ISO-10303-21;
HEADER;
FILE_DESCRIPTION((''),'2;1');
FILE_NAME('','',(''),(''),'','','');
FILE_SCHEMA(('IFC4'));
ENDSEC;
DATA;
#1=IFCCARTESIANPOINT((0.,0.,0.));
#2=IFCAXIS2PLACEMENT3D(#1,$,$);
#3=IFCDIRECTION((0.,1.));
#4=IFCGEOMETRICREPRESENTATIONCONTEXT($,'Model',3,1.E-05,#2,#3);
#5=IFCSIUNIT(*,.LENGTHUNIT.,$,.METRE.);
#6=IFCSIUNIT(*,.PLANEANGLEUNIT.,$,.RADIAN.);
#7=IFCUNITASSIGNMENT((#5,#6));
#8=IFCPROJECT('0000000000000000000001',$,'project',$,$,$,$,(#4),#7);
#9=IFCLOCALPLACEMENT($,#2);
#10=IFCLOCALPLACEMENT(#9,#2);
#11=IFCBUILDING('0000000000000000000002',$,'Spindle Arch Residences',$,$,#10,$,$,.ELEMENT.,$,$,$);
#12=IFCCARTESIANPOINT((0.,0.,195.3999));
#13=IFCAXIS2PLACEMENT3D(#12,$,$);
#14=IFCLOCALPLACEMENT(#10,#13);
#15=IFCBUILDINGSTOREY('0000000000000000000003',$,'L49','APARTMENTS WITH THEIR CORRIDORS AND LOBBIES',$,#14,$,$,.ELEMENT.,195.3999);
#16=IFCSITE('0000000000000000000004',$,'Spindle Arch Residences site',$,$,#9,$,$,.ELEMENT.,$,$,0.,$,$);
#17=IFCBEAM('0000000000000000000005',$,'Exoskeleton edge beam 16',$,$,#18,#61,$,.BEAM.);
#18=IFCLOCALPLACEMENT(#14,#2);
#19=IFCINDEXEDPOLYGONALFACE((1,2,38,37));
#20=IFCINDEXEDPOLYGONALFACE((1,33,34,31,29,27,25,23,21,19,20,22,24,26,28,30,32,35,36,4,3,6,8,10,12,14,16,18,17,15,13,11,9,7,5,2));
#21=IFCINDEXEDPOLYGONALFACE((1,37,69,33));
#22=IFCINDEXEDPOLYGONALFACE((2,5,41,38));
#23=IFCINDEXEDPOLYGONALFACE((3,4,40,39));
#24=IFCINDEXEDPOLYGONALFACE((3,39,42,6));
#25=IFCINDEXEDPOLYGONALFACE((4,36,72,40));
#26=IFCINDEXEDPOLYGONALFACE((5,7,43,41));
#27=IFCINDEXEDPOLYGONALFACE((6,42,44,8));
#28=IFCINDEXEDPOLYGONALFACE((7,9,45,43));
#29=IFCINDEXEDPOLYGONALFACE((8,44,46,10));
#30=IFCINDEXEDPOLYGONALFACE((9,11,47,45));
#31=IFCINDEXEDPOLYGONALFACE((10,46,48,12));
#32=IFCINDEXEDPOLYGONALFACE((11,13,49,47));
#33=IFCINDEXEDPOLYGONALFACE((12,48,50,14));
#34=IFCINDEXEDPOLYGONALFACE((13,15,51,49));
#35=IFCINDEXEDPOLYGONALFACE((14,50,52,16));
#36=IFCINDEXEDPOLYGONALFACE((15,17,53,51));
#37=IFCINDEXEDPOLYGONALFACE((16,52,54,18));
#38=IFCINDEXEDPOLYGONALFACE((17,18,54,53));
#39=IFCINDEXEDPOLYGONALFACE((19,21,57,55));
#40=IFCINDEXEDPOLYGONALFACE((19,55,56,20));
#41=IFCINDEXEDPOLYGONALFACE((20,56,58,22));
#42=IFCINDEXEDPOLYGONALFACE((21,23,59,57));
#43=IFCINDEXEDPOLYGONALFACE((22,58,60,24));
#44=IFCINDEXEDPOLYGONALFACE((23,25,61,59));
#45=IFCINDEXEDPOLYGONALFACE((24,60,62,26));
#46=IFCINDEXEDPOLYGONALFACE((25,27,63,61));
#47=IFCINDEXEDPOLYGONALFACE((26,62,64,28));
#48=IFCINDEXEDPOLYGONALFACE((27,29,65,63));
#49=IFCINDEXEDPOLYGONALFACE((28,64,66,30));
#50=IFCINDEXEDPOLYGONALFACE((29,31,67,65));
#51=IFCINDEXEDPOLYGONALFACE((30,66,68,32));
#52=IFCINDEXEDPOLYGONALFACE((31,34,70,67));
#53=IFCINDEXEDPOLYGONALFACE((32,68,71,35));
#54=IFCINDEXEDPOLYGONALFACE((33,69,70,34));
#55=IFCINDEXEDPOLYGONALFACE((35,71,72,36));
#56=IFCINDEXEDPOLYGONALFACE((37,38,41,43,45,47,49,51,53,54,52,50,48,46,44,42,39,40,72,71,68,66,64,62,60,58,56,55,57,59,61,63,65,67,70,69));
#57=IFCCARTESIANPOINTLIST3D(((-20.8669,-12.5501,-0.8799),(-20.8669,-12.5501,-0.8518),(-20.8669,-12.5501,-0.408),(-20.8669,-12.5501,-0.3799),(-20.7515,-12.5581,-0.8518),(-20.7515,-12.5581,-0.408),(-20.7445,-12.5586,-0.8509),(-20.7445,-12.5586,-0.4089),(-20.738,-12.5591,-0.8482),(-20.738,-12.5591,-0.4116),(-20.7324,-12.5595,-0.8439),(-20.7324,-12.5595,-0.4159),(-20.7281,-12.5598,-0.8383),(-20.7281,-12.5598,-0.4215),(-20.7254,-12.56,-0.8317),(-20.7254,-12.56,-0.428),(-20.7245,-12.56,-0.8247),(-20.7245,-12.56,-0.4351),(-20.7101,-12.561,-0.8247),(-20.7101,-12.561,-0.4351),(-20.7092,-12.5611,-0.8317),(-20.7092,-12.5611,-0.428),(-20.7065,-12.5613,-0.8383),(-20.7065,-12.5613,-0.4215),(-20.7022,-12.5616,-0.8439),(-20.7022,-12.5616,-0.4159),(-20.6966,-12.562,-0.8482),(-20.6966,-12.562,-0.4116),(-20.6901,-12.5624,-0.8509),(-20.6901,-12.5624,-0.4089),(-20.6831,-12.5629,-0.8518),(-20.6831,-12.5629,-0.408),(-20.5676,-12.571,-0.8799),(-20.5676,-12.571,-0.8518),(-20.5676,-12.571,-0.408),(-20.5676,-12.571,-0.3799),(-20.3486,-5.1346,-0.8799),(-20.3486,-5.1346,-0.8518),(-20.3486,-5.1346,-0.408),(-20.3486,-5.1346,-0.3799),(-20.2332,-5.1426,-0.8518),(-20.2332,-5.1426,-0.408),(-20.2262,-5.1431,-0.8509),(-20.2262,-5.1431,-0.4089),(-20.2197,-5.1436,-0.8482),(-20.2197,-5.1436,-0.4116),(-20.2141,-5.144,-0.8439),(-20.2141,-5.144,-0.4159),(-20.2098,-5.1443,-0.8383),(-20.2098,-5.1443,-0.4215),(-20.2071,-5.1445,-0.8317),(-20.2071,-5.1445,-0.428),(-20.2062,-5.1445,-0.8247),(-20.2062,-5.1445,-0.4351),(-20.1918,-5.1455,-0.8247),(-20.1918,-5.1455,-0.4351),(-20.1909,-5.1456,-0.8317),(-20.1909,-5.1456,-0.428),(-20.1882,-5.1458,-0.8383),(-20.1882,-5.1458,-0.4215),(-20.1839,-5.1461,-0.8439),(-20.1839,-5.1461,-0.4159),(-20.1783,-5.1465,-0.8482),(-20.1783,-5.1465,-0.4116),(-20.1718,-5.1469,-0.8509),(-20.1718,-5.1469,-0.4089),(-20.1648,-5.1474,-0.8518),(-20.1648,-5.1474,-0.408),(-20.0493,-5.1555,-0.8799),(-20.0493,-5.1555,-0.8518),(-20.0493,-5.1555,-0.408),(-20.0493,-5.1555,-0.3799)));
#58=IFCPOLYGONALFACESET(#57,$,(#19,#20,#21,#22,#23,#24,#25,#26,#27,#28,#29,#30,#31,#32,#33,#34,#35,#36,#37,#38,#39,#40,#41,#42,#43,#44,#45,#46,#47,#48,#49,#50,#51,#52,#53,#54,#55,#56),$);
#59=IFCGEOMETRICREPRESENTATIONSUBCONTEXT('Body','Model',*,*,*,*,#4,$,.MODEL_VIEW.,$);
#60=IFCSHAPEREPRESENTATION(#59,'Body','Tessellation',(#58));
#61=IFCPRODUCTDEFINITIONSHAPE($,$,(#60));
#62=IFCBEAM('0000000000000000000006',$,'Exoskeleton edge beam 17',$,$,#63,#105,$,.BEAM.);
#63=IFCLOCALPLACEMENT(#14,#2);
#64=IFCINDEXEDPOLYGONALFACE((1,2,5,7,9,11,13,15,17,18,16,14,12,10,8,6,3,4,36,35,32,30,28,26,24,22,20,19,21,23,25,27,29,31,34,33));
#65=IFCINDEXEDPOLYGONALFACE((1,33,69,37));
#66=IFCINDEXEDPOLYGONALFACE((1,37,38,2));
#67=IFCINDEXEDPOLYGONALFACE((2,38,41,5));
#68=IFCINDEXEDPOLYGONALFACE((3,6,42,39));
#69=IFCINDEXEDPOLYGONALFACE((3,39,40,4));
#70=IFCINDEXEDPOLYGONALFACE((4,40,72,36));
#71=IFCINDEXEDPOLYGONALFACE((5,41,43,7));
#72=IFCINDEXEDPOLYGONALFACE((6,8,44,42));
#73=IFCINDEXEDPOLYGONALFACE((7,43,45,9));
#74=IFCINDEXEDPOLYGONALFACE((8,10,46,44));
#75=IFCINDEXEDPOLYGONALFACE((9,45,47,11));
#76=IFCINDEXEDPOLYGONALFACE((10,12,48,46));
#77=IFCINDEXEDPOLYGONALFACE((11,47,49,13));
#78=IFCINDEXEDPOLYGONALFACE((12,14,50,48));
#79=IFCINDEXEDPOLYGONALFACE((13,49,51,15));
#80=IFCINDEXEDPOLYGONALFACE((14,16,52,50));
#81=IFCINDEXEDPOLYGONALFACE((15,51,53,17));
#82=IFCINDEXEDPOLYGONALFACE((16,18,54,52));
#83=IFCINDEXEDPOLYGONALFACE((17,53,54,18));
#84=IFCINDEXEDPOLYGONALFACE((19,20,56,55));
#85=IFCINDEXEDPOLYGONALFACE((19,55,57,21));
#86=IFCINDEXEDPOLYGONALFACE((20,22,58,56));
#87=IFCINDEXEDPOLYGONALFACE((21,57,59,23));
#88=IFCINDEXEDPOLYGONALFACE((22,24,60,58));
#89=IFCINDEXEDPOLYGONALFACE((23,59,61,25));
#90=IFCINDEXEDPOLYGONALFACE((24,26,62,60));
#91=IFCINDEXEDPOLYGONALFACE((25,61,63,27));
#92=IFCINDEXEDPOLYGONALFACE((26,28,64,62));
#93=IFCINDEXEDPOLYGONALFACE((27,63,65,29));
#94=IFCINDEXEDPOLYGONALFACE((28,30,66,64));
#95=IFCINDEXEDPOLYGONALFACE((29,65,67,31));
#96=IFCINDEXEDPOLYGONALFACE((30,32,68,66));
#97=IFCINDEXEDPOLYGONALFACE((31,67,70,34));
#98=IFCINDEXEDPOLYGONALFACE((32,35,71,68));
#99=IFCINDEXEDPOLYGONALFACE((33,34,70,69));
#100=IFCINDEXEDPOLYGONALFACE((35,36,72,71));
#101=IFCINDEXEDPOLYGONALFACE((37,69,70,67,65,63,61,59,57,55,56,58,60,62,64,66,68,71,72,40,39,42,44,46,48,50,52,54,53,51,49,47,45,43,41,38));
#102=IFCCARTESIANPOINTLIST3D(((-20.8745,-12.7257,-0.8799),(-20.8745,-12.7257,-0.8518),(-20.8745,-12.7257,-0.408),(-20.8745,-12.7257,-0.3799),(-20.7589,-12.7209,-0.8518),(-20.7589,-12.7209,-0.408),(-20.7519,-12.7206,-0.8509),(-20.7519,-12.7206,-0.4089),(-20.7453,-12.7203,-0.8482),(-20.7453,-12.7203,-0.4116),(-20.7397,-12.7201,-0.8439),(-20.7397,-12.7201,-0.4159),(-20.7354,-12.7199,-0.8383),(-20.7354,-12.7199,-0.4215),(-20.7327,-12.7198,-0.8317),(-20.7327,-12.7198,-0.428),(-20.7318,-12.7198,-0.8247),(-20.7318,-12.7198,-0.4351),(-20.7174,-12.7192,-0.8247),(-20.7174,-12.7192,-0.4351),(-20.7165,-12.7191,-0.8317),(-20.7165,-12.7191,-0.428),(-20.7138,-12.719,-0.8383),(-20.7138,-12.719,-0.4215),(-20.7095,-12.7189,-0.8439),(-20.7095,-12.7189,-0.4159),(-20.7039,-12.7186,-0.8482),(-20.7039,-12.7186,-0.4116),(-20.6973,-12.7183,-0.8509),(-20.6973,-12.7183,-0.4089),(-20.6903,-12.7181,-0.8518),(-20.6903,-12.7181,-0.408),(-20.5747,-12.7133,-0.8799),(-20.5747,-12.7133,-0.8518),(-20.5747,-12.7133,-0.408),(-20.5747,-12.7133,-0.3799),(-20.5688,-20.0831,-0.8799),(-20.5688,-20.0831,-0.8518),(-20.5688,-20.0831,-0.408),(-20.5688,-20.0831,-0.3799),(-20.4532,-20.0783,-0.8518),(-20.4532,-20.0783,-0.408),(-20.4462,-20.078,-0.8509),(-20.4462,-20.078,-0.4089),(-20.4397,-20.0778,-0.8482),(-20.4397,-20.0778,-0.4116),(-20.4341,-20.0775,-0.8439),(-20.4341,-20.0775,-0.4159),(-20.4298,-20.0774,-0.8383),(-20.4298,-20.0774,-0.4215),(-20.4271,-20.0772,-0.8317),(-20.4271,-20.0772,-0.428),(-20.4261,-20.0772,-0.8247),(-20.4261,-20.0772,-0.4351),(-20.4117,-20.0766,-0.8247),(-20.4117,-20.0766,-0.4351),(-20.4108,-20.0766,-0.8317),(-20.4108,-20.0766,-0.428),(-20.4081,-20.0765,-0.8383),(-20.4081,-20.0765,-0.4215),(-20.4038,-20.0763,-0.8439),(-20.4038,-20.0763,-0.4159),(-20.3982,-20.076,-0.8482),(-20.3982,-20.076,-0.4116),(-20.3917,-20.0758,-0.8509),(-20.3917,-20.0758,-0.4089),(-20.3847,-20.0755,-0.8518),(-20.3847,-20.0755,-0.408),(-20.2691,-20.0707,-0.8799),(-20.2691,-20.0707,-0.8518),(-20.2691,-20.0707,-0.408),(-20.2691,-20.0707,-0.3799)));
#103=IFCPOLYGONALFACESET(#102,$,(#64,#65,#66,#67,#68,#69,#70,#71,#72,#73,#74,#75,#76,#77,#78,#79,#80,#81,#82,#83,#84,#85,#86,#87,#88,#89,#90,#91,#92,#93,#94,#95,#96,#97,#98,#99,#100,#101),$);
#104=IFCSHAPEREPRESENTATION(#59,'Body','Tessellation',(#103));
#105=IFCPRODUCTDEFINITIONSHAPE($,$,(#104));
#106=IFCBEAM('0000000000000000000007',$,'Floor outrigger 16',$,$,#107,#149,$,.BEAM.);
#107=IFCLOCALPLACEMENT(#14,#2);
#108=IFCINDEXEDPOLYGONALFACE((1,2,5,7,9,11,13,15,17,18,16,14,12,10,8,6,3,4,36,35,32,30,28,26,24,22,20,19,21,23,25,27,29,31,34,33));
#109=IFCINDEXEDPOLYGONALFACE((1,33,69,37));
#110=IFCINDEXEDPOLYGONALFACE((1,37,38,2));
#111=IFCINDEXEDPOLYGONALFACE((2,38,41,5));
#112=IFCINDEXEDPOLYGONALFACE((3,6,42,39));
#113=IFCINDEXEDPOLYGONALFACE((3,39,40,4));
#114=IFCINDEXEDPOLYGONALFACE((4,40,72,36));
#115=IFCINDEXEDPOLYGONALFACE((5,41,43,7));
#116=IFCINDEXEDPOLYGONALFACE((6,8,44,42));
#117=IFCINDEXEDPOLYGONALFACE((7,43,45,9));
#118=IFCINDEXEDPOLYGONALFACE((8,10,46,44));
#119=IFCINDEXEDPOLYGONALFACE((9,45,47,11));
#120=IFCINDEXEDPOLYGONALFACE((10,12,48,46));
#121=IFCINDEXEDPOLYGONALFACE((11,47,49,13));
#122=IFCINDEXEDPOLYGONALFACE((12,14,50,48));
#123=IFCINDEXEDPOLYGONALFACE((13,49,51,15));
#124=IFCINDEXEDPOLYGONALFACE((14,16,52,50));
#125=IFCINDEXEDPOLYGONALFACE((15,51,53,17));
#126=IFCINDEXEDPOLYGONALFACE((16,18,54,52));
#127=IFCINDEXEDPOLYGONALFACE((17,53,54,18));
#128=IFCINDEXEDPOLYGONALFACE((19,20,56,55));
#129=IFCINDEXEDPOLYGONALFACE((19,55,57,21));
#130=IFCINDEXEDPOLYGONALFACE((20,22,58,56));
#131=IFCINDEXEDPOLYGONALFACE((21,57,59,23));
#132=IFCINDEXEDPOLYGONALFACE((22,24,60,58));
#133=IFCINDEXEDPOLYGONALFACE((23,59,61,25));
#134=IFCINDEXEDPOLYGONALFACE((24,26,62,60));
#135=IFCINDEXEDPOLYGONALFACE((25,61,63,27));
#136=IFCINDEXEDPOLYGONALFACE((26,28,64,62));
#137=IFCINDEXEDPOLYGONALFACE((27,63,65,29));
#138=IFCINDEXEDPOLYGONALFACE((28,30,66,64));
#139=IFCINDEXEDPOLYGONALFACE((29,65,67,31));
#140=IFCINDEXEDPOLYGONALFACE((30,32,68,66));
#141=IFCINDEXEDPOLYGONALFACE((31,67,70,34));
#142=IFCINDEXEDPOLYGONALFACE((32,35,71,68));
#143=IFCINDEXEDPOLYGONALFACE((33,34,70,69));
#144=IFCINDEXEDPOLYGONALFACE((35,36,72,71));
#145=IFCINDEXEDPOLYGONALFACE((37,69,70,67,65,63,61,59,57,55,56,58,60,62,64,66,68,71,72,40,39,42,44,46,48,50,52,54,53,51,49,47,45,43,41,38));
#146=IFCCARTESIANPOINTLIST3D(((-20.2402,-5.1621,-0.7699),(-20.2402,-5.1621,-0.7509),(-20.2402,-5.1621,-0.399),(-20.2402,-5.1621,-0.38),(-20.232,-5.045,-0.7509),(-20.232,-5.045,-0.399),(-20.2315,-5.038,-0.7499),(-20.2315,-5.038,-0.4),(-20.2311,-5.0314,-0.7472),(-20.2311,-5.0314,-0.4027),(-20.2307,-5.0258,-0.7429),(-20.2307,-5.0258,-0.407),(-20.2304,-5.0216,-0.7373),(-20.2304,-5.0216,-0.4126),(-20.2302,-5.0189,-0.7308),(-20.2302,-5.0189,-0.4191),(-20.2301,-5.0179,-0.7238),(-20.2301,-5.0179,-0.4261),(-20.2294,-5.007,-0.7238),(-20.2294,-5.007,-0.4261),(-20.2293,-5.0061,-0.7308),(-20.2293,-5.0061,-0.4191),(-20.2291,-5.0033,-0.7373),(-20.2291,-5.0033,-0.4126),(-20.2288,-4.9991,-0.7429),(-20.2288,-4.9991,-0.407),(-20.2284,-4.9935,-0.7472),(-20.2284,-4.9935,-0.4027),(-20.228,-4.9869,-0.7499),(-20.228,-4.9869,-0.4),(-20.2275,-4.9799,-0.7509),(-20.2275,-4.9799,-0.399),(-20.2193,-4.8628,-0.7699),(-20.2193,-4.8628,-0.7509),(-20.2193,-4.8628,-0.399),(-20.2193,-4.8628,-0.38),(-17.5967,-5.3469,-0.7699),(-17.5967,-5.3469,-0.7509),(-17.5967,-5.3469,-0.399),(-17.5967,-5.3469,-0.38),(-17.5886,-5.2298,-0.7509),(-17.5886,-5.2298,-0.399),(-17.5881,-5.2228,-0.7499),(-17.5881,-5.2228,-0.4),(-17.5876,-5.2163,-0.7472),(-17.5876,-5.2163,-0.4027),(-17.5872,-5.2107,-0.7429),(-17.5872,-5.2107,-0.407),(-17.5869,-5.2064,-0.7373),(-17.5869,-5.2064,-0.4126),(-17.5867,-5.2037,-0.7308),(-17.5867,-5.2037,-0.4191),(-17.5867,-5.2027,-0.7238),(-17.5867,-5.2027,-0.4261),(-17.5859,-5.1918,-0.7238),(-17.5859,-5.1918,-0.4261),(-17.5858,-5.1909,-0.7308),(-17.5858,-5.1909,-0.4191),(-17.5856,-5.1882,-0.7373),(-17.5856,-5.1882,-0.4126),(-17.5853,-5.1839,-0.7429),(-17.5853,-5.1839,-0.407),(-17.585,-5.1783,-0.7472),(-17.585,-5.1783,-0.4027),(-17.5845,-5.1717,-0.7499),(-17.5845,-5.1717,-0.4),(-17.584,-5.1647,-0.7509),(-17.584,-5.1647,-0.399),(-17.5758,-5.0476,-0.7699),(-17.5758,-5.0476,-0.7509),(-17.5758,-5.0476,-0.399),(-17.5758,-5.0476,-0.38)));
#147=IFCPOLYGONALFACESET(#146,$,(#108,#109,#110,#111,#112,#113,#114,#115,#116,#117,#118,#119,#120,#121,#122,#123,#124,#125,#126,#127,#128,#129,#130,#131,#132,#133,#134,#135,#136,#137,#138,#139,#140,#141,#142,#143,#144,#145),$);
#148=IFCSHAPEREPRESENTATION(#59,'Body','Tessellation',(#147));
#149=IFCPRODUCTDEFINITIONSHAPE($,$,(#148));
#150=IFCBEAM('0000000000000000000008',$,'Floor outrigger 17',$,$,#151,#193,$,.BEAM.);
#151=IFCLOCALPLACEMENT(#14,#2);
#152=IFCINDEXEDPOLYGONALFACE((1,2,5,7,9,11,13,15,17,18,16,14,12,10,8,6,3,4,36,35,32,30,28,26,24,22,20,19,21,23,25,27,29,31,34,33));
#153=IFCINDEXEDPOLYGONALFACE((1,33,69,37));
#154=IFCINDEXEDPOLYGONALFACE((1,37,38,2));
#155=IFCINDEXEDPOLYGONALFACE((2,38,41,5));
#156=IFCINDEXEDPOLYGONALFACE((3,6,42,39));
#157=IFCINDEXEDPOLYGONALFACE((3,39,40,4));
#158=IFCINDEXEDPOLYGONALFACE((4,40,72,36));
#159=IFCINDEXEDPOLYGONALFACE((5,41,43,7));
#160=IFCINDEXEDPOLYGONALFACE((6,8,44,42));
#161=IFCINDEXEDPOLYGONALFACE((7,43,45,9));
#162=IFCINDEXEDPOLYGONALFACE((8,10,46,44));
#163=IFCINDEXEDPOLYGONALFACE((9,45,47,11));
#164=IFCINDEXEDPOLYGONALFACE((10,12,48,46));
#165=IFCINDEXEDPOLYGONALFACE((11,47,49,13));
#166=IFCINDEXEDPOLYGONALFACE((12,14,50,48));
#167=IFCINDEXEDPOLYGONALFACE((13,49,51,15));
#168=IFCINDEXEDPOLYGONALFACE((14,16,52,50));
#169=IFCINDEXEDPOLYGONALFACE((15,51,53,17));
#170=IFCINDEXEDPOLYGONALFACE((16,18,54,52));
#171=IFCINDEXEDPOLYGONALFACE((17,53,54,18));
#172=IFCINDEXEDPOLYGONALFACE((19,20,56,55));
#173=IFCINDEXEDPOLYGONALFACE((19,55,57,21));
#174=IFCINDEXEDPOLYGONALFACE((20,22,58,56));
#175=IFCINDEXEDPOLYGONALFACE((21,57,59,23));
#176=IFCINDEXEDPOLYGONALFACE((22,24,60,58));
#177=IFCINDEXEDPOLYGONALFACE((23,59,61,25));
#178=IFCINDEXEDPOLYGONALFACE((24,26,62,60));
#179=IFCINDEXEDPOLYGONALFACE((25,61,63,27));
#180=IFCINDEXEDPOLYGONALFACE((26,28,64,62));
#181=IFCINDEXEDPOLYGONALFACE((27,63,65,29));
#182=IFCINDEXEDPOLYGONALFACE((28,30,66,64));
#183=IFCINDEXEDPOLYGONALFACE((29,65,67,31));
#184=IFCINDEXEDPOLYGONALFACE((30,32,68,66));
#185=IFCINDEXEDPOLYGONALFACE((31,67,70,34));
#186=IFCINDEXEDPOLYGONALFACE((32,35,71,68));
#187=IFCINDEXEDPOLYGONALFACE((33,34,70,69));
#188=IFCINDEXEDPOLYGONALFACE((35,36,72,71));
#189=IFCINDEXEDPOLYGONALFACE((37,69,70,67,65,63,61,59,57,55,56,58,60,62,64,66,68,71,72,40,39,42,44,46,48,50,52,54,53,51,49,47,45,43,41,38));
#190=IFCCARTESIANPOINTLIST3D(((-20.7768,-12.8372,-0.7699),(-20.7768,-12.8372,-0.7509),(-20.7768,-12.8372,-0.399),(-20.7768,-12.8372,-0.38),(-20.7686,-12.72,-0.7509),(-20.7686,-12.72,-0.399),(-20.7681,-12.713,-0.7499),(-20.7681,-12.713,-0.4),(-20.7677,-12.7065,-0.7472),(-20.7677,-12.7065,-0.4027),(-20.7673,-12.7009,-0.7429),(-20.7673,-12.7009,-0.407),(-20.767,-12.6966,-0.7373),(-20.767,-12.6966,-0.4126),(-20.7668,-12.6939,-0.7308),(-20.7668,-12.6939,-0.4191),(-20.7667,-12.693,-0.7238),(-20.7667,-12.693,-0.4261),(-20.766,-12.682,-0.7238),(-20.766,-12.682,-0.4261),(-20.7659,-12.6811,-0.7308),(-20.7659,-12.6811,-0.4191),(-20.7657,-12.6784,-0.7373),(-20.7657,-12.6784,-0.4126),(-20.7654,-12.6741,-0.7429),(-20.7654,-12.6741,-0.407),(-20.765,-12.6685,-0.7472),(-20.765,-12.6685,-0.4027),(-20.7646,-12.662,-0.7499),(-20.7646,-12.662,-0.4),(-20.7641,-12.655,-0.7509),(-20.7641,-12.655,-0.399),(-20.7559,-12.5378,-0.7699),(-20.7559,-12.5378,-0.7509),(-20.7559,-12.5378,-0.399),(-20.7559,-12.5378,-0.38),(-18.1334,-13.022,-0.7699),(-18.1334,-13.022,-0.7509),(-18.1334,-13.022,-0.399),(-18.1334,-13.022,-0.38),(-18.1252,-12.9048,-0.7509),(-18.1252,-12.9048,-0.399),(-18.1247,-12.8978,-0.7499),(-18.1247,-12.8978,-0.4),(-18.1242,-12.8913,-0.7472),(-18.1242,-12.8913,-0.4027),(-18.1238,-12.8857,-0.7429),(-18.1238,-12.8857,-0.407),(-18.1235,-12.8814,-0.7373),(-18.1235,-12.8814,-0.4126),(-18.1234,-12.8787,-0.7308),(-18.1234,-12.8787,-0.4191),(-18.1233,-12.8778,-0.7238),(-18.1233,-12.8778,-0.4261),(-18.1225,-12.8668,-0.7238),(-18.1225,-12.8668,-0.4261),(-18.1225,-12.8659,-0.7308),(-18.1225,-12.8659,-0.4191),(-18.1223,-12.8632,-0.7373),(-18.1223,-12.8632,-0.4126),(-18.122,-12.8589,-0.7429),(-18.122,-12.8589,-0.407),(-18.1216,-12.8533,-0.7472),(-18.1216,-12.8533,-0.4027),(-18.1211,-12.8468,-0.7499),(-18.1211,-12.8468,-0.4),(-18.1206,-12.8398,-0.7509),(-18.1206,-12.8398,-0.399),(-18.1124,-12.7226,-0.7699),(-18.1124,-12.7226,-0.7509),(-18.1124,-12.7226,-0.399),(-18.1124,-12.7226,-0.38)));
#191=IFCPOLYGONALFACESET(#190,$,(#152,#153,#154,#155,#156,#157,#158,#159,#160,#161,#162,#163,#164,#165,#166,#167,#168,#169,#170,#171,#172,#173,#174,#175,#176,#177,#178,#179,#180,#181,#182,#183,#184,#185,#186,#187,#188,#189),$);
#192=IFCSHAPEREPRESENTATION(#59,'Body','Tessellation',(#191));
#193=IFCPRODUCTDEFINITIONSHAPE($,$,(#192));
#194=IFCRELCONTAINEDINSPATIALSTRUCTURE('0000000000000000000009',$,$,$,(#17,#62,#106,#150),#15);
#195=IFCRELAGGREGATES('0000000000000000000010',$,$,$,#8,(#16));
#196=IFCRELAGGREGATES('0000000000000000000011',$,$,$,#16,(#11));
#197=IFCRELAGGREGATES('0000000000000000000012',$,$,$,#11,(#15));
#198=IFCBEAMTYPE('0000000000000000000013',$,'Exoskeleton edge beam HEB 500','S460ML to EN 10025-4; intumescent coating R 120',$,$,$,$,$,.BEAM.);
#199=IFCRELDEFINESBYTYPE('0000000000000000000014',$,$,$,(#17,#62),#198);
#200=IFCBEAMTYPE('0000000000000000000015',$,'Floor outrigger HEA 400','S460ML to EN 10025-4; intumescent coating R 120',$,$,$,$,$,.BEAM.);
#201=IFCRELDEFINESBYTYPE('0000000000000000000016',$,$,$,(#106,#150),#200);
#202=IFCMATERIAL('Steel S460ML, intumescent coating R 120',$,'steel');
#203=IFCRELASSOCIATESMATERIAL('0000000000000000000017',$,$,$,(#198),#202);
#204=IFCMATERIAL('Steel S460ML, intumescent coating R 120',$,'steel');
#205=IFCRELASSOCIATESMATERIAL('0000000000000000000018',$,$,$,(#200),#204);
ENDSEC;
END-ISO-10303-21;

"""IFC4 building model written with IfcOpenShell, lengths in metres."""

from ifc_helpers import new_model, si_unit, direction, frame, origin, origin_2d, place, context, subcontext, project, spatial, i_section, extrude, material, material_profile, profile_set, type_object, element, save


model = new_model("IFC4")

# Units and contexts
model_context = context("Model", 3, precision=1e-05, world=origin(), true_north=direction((0.0, 1.0)))
body_context = subcontext(model_context, "Body", "Model", "MODEL_VIEW")
ifc_project = project(units=[si_unit("LENGTHUNIT", "METRE"), si_unit("PLANEANGLEUNIT", "RADIAN")], contexts=[model_context])

# Site, building, storey
site_placement = place(None, origin())
site = spatial("IfcSite", under=ifc_project, at=site_placement, Name="Spindle Arch Residences site", CompositionType="ELEMENT", RefElevation=0.0)
building_placement = place(site_placement, origin())
building = spatial("IfcBuilding", under=site, at=building_placement, Name="Spindle Arch Residences", CompositionType="ELEMENT")
storey_placement = place(building_placement, frame((0.0, 0.0, 195.3999)))
storey = spatial("IfcBuildingStorey", under=building, at=storey_placement, Name="L49", Description="APARTMENTS WITH THEIR CORRIDORS AND LOBBIES", CompositionType="ELEMENT", Elevation=195.3999)

# Beams
ifc_material_1 = material(Name="Steel S460ML, intumescent coating R 120", Category="steel")
ifc_material_profile_1 = material_profile(ifc_material_1, i_section(OverallWidth=0.3, OverallDepth=0.5, WebThickness=0.0144, FlangeThickness=0.0281, FilletRadius=0.0271, at=origin_2d()), Name="HEB 500")
ifc_profile_set_1 = profile_set([ifc_material_profile_1], Name="Steel S460ML, intumescent coating R 120")
beam_type_1 = type_object("IfcBeamType", Name="Exoskeleton edge beam HEB 500", Description="S460ML to EN 10025-4; intumescent coating R 120", PredefinedType="BEAM", material=ifc_profile_set_1)
beam_1_placement = place(storey_placement, frame((-20.199, -5.145, -0.6299), z_axis=(-0.069725, -0.997566, 0.0), x_axis=(0.997566, -0.069725, 0.0)))
element("IfcBeam", 1, at=beam_1_placement, inside=storey, type_object=beam_type_1, Name="Exoskeleton edge beam 16", PredefinedType="BEAM", context=body_context, shape_type="SweptSolid", body=[
    extrude(i_section(OverallWidth=0.3, OverallDepth=0.5, WebThickness=0.0144, FlangeThickness=0.0281, FilletRadius=0.0271, at=origin_2d()), origin(), (0.0, 0.0, 1.0), 7.4336),
])
beam_2_placement = place(storey_placement, frame((-20.7246, -12.7195, -0.6299), z_axis=(0.041509, -0.999138, 0.0), x_axis=(0.999138, 0.041509, 0.0)))
element("IfcBeam", 2, at=beam_2_placement, inside=storey, type_object=beam_type_1, Name="Exoskeleton edge beam 17", PredefinedType="BEAM", context=body_context, shape_type="SweptSolid", body=[
    extrude(i_section(OverallWidth=0.3, OverallDepth=0.5, WebThickness=0.0144, FlangeThickness=0.0281, FilletRadius=0.0271, at=origin_2d()), origin(), (0.0, 0.0, 1.0), 7.3638),
])
ifc_material_2 = material(Name="Steel S460ML, intumescent coating R 120", Category="steel")
ifc_material_profile_2 = material_profile(ifc_material_2, i_section(OverallWidth=0.3, OverallDepth=0.3899, WebThickness=0.011, FlangeThickness=0.019, FilletRadius=0.0271, at=origin_2d()), Name="HEA 400")
ifc_profile_set_2 = profile_set([ifc_material_profile_2], Name="Steel S460ML, intumescent coating R 120")
beam_type_2 = type_object("IfcBeamType", Name="Floor outrigger HEA 400", Description="S460ML to EN 10025-4; intumescent coating R 120", PredefinedType="BEAM", material=ifc_profile_set_2)
for number, where, z_axis, x_axis, name in (
    (3, (-20.2297, -5.0125, -0.575), (0.997565, -0.069741, 0.0), (0.069741, 0.997565, 0.0), "Floor outrigger 16"),
    (4, (-20.7664, -12.6875, -0.575), (0.997565, -0.069741, 0.0), (0.069741, 0.997565, 0.0), "Floor outrigger 17"),
):
    element("IfcBeam", number, at=place(storey_placement, frame(where, z_axis=z_axis, x_axis=x_axis)), inside=storey, type_object=beam_type_2, Name=name, PredefinedType="BEAM", context=body_context, shape_type="SweptSolid", body=[
        extrude(i_section(OverallWidth=0.3, OverallDepth=0.3899, WebThickness=0.011, FlangeThickness=0.019, FilletRadius=0.0271, at=origin_2d()), origin(), (0.0, 0.0, 1.0), 2.6499),
    ])

save(model, "model.ifc")
